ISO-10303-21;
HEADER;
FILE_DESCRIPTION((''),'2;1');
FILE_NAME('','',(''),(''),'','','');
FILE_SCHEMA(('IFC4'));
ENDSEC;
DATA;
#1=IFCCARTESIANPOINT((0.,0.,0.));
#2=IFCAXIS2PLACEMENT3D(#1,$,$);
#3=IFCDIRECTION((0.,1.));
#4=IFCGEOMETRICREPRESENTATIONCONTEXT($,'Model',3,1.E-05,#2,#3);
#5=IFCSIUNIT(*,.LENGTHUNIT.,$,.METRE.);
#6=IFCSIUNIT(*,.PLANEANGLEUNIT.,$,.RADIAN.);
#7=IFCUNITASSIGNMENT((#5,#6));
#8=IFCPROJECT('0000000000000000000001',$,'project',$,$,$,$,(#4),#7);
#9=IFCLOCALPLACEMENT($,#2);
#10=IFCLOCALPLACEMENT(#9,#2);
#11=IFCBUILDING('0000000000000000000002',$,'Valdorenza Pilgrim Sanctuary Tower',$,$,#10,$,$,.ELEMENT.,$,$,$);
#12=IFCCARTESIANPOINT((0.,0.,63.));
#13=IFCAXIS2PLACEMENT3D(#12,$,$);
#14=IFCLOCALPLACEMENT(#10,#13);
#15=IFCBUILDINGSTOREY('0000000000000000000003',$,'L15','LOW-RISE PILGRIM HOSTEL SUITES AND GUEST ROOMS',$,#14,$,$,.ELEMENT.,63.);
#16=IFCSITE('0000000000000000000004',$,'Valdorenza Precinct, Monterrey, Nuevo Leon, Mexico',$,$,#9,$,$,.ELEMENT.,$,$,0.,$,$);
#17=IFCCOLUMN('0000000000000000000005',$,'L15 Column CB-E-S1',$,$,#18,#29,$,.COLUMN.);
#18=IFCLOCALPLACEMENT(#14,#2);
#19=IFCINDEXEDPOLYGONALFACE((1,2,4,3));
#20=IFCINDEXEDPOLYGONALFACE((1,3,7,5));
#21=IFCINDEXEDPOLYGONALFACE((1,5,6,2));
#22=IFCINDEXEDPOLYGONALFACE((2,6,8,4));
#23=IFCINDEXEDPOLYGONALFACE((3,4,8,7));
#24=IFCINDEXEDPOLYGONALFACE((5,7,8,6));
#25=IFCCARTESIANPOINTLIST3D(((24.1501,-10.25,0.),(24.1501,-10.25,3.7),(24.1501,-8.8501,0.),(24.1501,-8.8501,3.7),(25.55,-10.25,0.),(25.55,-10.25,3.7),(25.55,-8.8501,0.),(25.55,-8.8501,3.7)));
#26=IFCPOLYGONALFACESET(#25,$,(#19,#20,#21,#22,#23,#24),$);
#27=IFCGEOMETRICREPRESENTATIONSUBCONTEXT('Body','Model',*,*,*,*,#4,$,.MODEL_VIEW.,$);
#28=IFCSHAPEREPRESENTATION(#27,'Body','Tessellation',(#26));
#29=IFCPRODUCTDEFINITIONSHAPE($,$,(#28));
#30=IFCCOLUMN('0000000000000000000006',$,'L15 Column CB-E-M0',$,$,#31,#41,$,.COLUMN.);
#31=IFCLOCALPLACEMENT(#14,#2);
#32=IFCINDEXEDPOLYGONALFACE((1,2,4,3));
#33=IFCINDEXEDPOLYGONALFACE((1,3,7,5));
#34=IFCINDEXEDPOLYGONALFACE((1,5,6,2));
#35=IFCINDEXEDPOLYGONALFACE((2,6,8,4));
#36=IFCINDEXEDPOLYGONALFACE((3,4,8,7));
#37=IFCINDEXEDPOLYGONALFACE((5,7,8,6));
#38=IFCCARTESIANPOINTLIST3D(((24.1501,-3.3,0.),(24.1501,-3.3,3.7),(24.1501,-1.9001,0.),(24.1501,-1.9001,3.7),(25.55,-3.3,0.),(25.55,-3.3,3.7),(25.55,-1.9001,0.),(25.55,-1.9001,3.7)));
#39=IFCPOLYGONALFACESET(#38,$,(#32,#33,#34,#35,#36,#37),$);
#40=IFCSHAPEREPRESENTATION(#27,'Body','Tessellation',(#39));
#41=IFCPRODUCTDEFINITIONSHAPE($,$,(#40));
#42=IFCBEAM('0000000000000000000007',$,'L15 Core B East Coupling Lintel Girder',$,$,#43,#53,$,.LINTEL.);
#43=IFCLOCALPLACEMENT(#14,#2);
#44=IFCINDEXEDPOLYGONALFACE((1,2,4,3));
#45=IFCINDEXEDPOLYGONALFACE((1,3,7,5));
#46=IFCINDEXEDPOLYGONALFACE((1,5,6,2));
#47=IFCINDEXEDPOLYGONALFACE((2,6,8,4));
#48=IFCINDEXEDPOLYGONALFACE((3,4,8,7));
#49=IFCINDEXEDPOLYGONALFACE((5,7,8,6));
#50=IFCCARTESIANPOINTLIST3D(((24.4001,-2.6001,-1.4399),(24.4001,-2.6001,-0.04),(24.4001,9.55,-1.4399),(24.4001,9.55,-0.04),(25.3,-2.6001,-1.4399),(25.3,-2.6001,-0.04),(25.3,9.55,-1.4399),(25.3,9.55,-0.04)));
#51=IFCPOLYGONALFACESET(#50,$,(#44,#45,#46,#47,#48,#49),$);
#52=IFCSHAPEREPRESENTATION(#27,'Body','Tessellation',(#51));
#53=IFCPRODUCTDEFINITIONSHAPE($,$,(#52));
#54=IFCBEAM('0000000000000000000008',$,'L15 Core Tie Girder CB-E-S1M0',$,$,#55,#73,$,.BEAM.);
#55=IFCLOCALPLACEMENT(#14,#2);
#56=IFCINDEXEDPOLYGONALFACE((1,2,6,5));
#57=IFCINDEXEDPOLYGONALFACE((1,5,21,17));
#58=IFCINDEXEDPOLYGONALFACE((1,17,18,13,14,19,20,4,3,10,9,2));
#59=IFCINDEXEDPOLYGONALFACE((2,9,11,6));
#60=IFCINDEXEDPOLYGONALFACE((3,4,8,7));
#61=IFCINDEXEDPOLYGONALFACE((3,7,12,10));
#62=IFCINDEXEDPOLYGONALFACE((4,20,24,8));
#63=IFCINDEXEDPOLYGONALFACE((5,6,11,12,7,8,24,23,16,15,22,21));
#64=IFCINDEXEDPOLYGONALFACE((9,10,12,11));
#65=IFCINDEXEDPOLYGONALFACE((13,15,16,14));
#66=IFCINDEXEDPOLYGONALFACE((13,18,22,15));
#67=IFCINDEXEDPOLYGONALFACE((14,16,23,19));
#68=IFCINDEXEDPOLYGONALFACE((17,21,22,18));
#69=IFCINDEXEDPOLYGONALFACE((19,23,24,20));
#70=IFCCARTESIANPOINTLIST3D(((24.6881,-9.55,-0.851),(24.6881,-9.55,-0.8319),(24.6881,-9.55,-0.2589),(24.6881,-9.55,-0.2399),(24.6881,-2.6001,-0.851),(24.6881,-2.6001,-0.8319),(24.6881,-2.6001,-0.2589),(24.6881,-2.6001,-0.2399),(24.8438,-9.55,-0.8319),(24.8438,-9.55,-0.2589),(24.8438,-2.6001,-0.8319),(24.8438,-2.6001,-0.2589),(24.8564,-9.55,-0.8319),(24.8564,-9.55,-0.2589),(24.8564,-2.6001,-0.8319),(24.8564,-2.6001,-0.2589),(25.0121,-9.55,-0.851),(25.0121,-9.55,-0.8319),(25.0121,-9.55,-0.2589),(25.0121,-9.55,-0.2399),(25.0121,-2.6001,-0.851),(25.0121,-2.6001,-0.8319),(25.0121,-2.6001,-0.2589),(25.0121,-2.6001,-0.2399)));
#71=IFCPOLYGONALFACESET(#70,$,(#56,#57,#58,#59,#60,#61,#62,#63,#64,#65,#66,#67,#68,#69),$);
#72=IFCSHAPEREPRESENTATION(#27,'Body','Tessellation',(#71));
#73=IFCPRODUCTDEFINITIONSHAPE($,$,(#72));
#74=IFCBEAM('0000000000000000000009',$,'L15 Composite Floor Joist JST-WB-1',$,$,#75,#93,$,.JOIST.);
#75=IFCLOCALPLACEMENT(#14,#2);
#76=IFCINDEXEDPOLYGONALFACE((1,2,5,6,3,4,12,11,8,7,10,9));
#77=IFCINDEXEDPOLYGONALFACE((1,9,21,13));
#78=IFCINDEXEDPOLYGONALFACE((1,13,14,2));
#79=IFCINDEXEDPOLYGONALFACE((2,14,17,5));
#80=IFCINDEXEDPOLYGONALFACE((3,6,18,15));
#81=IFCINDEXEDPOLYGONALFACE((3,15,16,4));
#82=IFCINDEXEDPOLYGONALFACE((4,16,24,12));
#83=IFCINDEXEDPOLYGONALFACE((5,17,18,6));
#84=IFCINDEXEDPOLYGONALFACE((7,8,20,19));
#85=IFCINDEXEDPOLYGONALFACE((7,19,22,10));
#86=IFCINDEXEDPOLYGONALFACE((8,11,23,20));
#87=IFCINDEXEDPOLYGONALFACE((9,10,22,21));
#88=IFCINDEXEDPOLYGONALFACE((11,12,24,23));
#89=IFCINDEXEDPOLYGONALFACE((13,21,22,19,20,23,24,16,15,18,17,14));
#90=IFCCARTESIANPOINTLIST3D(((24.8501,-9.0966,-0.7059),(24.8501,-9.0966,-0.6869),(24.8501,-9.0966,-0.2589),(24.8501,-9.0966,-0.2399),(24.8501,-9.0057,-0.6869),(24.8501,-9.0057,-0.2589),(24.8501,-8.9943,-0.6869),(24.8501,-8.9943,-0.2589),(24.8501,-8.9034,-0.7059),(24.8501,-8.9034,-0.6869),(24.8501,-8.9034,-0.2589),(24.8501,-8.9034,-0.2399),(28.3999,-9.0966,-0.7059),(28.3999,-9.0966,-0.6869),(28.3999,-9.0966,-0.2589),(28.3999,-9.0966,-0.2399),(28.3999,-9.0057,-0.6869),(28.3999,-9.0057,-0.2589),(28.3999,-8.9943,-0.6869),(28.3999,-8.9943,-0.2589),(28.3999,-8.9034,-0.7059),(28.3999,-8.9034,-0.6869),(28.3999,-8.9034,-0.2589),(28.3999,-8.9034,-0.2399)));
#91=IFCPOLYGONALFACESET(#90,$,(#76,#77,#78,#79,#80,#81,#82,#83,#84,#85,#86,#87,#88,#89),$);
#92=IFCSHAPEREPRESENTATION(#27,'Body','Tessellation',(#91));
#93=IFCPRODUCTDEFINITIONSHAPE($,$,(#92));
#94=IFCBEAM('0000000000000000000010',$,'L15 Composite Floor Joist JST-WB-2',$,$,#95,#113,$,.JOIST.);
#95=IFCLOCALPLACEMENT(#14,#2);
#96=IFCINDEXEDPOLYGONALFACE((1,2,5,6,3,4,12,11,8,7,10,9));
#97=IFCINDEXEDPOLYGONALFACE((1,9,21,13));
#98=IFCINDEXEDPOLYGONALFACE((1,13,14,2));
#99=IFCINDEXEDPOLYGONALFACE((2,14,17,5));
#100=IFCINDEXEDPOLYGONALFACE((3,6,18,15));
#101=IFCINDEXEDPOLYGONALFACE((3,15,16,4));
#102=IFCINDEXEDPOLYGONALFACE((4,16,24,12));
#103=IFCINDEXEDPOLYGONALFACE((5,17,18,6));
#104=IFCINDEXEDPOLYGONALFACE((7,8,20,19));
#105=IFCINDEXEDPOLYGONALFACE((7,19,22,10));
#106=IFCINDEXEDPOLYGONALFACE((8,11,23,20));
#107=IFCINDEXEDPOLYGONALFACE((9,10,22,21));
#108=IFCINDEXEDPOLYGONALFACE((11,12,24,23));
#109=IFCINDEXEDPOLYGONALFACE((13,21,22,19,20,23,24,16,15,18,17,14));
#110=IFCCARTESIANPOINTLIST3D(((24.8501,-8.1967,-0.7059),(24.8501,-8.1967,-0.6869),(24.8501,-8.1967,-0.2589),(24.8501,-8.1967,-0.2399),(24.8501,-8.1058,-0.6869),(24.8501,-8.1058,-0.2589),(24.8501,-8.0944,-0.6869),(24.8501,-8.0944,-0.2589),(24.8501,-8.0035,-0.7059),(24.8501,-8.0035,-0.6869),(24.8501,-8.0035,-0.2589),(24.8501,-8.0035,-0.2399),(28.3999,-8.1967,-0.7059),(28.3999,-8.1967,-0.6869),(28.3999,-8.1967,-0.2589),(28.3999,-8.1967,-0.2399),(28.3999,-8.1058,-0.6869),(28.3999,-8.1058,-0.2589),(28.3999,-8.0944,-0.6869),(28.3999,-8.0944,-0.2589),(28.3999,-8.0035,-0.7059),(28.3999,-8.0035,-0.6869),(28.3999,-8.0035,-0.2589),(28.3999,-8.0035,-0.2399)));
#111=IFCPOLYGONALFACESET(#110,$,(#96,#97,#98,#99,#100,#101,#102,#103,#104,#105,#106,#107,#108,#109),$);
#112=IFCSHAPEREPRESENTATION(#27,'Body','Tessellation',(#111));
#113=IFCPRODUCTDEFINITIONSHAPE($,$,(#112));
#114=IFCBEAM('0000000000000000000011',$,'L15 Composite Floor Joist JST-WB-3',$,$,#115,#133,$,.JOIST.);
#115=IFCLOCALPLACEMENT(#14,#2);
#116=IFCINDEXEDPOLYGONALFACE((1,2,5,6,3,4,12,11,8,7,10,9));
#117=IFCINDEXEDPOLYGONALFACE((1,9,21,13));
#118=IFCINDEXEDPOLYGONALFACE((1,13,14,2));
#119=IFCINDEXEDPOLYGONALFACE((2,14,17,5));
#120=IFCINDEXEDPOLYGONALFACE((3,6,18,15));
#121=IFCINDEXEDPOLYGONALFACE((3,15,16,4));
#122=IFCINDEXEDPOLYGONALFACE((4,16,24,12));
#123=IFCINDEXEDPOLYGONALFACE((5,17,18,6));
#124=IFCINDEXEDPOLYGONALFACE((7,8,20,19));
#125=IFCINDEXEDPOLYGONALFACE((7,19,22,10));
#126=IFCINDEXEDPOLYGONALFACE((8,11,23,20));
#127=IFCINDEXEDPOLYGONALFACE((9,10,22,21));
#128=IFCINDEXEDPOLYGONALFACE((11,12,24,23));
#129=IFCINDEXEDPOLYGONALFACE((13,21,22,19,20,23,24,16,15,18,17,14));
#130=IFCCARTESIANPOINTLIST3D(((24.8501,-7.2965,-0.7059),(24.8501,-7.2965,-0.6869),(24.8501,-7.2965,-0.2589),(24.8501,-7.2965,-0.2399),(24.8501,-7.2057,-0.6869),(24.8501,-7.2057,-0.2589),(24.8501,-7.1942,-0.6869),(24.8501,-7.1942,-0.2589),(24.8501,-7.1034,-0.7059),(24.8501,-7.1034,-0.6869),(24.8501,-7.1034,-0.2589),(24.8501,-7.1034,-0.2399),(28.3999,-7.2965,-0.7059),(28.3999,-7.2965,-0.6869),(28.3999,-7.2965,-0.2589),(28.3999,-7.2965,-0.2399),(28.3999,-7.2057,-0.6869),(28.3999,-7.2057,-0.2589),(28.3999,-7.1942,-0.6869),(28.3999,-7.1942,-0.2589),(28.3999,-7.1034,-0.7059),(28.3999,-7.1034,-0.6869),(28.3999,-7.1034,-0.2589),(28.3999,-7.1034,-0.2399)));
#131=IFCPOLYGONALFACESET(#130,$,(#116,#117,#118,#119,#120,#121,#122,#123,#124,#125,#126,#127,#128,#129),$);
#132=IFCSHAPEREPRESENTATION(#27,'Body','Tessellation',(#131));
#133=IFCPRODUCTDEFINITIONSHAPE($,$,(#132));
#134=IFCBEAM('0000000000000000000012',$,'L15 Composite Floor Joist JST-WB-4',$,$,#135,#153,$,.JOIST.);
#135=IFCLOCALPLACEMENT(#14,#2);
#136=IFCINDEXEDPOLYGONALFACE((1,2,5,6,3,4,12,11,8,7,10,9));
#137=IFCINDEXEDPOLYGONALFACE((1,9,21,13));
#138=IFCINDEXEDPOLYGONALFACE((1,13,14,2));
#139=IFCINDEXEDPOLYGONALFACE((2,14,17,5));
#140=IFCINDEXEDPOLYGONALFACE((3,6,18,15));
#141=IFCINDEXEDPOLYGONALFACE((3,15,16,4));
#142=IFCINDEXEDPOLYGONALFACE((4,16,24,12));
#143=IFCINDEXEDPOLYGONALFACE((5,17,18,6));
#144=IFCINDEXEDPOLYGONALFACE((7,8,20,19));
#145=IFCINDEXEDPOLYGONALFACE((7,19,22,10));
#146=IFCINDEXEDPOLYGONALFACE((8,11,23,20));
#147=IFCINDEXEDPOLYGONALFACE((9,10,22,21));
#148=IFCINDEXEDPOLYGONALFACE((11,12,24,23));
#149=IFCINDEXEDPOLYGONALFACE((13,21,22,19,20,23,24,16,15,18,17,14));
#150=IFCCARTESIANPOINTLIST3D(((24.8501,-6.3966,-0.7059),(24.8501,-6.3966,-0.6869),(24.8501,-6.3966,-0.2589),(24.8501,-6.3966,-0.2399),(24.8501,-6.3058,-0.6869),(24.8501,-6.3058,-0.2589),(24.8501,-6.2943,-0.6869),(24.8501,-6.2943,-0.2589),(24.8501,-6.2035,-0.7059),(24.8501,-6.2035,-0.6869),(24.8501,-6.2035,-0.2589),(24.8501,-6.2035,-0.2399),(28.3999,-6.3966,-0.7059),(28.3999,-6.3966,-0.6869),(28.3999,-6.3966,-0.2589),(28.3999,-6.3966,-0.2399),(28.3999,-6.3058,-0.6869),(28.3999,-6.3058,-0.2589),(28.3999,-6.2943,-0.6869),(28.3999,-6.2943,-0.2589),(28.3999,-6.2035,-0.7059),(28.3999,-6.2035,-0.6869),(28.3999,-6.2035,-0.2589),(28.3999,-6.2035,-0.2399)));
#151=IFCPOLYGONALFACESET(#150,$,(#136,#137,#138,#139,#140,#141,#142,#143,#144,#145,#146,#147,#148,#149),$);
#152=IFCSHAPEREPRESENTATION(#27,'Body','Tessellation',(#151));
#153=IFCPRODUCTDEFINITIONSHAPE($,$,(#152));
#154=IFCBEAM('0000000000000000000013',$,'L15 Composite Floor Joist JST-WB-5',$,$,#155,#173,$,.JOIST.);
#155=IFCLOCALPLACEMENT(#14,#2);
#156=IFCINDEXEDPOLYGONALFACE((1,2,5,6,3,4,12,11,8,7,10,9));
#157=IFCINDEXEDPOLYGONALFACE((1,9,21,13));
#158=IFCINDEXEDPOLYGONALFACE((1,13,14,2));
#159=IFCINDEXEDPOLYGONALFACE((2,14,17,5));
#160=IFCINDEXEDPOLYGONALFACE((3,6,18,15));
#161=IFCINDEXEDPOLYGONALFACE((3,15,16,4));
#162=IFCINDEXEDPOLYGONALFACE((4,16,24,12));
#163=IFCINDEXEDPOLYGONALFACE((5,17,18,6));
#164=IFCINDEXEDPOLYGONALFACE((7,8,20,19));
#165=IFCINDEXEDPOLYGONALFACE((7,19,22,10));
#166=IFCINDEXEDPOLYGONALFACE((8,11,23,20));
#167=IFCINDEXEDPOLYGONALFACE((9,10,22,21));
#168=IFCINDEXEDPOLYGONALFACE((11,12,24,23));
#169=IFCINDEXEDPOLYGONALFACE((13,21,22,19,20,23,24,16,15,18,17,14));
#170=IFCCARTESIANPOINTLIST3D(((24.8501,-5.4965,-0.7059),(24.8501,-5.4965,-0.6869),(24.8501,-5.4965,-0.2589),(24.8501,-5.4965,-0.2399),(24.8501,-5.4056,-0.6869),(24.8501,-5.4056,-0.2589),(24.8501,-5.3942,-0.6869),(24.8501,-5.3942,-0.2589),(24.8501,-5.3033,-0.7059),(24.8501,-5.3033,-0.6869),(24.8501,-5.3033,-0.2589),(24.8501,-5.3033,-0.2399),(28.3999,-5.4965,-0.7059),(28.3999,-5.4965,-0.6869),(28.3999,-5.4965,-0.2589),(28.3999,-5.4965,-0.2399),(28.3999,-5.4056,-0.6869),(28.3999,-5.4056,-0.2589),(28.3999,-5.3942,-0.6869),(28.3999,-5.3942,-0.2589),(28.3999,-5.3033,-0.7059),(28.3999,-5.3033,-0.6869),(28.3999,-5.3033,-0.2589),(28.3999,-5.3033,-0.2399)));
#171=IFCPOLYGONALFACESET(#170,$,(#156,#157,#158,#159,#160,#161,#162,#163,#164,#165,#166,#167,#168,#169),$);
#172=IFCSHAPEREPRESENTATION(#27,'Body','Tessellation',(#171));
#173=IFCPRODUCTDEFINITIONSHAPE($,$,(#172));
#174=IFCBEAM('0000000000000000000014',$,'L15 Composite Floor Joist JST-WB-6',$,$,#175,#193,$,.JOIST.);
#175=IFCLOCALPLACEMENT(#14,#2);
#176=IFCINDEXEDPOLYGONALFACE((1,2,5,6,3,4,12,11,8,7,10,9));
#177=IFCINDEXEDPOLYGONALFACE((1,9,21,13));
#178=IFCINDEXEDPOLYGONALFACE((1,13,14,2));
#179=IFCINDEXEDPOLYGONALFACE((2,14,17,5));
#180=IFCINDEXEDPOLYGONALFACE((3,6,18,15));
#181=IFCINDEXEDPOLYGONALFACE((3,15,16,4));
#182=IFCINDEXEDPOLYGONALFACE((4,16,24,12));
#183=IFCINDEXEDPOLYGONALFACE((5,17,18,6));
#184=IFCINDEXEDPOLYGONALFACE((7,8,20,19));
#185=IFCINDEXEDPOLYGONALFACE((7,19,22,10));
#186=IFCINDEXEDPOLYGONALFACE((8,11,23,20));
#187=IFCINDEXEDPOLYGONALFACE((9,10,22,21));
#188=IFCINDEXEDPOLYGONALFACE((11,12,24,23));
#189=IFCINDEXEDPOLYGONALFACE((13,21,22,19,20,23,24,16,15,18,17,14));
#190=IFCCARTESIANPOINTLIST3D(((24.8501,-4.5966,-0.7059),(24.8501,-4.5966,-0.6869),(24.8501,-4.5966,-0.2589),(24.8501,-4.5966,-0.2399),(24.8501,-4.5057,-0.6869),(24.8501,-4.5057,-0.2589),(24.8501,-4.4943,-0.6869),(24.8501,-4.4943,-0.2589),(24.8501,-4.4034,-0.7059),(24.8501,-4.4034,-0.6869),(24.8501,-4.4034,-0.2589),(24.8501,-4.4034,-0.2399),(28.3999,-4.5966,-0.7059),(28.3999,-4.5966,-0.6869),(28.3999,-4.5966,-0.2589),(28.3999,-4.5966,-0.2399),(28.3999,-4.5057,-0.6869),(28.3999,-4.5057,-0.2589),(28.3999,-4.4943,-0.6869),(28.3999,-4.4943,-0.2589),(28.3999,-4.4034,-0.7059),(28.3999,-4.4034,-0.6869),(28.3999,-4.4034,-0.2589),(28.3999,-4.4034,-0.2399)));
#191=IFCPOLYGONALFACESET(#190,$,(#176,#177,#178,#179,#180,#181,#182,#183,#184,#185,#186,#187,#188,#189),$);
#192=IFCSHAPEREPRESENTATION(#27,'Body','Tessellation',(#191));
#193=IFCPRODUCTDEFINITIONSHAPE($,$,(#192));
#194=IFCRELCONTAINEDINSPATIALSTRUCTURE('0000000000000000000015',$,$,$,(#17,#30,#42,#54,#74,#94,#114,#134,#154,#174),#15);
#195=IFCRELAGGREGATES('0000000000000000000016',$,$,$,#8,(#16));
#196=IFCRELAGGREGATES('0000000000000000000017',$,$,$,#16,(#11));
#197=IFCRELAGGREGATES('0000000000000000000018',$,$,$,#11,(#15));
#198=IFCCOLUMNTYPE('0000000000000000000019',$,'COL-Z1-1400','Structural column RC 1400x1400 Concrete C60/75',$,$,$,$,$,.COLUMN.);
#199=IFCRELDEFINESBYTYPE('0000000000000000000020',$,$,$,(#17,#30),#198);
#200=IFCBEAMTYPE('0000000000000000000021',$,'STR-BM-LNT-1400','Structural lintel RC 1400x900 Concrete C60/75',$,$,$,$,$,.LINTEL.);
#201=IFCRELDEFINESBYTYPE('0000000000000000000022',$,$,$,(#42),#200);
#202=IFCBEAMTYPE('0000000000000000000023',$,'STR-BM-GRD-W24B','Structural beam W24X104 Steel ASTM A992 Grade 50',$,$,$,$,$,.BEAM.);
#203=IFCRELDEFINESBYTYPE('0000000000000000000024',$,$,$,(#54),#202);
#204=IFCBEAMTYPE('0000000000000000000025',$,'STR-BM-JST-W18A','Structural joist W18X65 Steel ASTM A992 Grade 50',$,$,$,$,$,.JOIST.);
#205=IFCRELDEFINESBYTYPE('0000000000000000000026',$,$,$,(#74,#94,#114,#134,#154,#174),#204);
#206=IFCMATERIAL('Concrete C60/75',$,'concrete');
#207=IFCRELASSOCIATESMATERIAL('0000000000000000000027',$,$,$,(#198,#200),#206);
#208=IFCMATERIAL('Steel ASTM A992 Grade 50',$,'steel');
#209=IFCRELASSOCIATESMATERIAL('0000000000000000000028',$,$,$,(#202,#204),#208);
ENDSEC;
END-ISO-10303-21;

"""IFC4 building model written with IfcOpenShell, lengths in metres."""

from ifc_helpers import new_model, si_unit, direction, frame, origin, origin_2d, place, context, subcontext, project, spatial, rectangle, i_section, extrude, source, transform, mapped, material, material_profile, profile_set, type_object, element, save


model = new_model("IFC4")

# Units and contexts
model_context = context("Model", 3, precision=1e-05, world=origin(), true_north=direction((0.0, 1.0)))
body_context = subcontext(model_context, "Body", "Model", "MODEL_VIEW")
ifc_project = project(units=[si_unit("LENGTHUNIT", "METRE"), si_unit("PLANEANGLEUNIT", "RADIAN")], contexts=[model_context])

# Site, building, storey
site_placement = place(None, origin())
site = spatial("IfcSite", under=ifc_project, at=site_placement, Name="Valdorenza Precinct, Monterrey, Nuevo Leon, Mexico", CompositionType="ELEMENT", RefElevation=0.0)
building_placement = place(site_placement, origin())
building = spatial("IfcBuilding", under=site, at=building_placement, Name="Valdorenza Pilgrim Sanctuary Tower", CompositionType="ELEMENT")
storey_placement = place(building_placement, frame((0.0, 0.0, 63.0)))
storey = spatial("IfcBuildingStorey", under=building, at=storey_placement, Name="L15", Description="LOW-RISE PILGRIM HOSTEL SUITES AND GUEST ROOMS", CompositionType="ELEMENT", Elevation=63.0)

# Columns
ifc_material_1 = material(Name="Concrete C60/75", Category="concrete")
ifc_material_profile_1 = material_profile(ifc_material_1, rectangle(XDim=1.3999, YDim=1.3999, at=origin_2d()), Name="RC 1400x1400")
ifc_profile_set_1 = profile_set([ifc_material_profile_1], Name="Concrete C60/75")
column_type = type_object("IfcColumnType", Name="COL-Z1-1400", Description="Structural column RC 1400x1400 Concrete C60/75", PredefinedType="COLUMN", material=ifc_profile_set_1)
shared_shape_1 = source(origin(), body_context, "Body", "SweptSolid", [
    extrude(rectangle(XDim=1.3999, YDim=1.3999, at=origin_2d()), origin(), (0.0, 0.0, 1.0), 3.7),
])
for number, where, z_axis, x_axis, name in (
    (1, (24.8501, -9.55, 0.0), (0.0, 0.0, 1.0), (1.0, 0.0, 0.0), "L15 Column CB-E-S1"),
    (2, (24.8501, -2.6001, 0.0), (0.0, 0.0, 1.0), (1.0, 0.0, 0.0), "L15 Column CB-E-M0"),
):
    element("IfcColumn", number, at=place(storey_placement, frame(where, z_axis=z_axis, x_axis=x_axis)), inside=storey, type_object=column_type, Name=name, PredefinedType="COLUMN", context=body_context, shape_type="MappedRepresentation", body=[
        mapped(shared_shape_1, transform((0.0, 0.0, 0.0), x_axis=(1.0, 0.0, 0.0), y_axis=(0.0, 1.0, 0.0), z_axis=(0.0, 0.0, 1.0), scale=1.0)),
    ])

# Beams
ifc_material_profile_2 = material_profile(ifc_material_1, rectangle(XDim=0.8999, YDim=1.3999, at=origin_2d()), Name="RC 1400x900")
ifc_profile_set_2 = profile_set([ifc_material_profile_2], Name="Concrete C60/75")
beam_type_1 = type_object("IfcBeamType", Name="STR-BM-LNT-1400", Description="Structural lintel RC 1400x900 Concrete C60/75", PredefinedType="LINTEL", material=ifc_profile_set_2)
shared_shape_2 = source(origin(), body_context, "Body", "SweptSolid", [
    extrude(rectangle(XDim=0.8999, YDim=1.3999, at=origin_2d()), origin(), (0.0, 0.0, 1.0), 12.1501),
])
beam_1_placement = place(storey_placement, frame((24.8501, -2.6001, -0.74), z_axis=(0.0, 1.0, 0.0), x_axis=(-1.0, 0.0, 0.0)))
element("IfcBeam", 3, at=beam_1_placement, inside=storey, type_object=beam_type_1, Name="L15 Core B East Coupling Lintel Girder", PredefinedType="LINTEL", context=body_context, shape_type="MappedRepresentation", body=[
    mapped(shared_shape_2, transform((0.0, 0.0, 0.0), x_axis=(1.0, 0.0, 0.0), y_axis=(0.0, 1.0, 0.0), z_axis=(0.0, 0.0, 1.0), scale=1.0)),
])
ifc_material_2 = material(Name="Steel ASTM A992 Grade 50", Category="steel")
ifc_material_profile_3 = material_profile(ifc_material_2, i_section(OverallWidth=0.324, OverallDepth=0.6111, WebThickness=0.0127, FlangeThickness=0.019, at=origin_2d()), Name="W24X104")
ifc_profile_set_3 = profile_set([ifc_material_profile_3], Name="Steel ASTM A992 Grade 50")
beam_type_2 = type_object("IfcBeamType", Name="STR-BM-GRD-W24B", Description="Structural beam W24X104 Steel ASTM A992 Grade 50", PredefinedType="BEAM", material=ifc_profile_set_3)
shared_shape_3 = source(origin(), body_context, "Body", "SweptSolid", [
    extrude(i_section(OverallWidth=0.324, OverallDepth=0.6111, WebThickness=0.0127, FlangeThickness=0.019, at=origin_2d()), origin(), (0.0, 0.0, 1.0), 6.95),
])
beam_2_placement = place(storey_placement, frame((24.8501, -9.55, -0.5454), z_axis=(0.0, 1.0, 0.0), x_axis=(-1.0, 0.0, 0.0)))
element("IfcBeam", 4, at=beam_2_placement, inside=storey, type_object=beam_type_2, Name="L15 Core Tie Girder CB-E-S1M0", PredefinedType="BEAM", context=body_context, shape_type="MappedRepresentation", body=[
    mapped(shared_shape_3, transform((0.0, 0.0, 0.0), x_axis=(1.0, 0.0, 0.0), y_axis=(0.0, 1.0, 0.0), z_axis=(0.0, 0.0, 1.0), scale=1.0)),
])
ifc_material_profile_4 = material_profile(ifc_material_2, i_section(OverallWidth=0.1931, OverallDepth=0.4661, WebThickness=0.0115, FlangeThickness=0.019, at=origin_2d()), Name="W18X65")
ifc_profile_set_4 = profile_set([ifc_material_profile_4], Name="Steel ASTM A992 Grade 50")
beam_type_3 = type_object("IfcBeamType", Name="STR-BM-JST-W18A", Description="Structural joist W18X65 Steel ASTM A992 Grade 50", PredefinedType="JOIST", material=ifc_profile_set_4)
shared_shape_4 = source(origin(), body_context, "Body", "SweptSolid", [
    extrude(i_section(OverallWidth=0.1931, OverallDepth=0.4661, WebThickness=0.0115, FlangeThickness=0.019, at=origin_2d()), origin(), (0.0, 0.0, 1.0), 3.5498),
])
for number, where, z_axis, x_axis, name in (
    (5, (24.8501, -9.0, -0.4729), (1.0, 0.0, 0.0), (0.0, 1.0, 0.0), "L15 Composite Floor Joist JST-WB-1"),
    (6, (24.8501, -8.1001, -0.4729), (1.0, 0.0, 0.0), (0.0, 1.0, 0.0), "L15 Composite Floor Joist JST-WB-2"),
    (7, (24.8501, -7.2, -0.4729), (1.0, 0.0, 0.0), (0.0, 1.0, 0.0), "L15 Composite Floor Joist JST-WB-3"),
    (8, (24.8501, -6.3, -0.4729), (1.0, 0.0, 0.0), (0.0, 1.0, 0.0), "L15 Composite Floor Joist JST-WB-4"),
    (9, (24.8501, -5.3999, -0.4729), (1.0, 0.0, 0.0), (0.0, 1.0, 0.0), "L15 Composite Floor Joist JST-WB-5"),
    (10, (24.8501, -4.5, -0.4729), (1.0, 0.0, 0.0), (0.0, 1.0, 0.0), "L15 Composite Floor Joist JST-WB-6"),
):
    element("IfcBeam", number, at=place(storey_placement, frame(where, z_axis=z_axis, x_axis=x_axis)), inside=storey, type_object=beam_type_3, Name=name, PredefinedType="JOIST", context=body_context, shape_type="MappedRepresentation", body=[
        mapped(shared_shape_4, transform((0.0, 0.0, 0.0), x_axis=(1.0, 0.0, 0.0), y_axis=(0.0, 1.0, 0.0), z_axis=(0.0, 0.0, 1.0), scale=1.0)),
    ])

save(model, "model.ifc")
